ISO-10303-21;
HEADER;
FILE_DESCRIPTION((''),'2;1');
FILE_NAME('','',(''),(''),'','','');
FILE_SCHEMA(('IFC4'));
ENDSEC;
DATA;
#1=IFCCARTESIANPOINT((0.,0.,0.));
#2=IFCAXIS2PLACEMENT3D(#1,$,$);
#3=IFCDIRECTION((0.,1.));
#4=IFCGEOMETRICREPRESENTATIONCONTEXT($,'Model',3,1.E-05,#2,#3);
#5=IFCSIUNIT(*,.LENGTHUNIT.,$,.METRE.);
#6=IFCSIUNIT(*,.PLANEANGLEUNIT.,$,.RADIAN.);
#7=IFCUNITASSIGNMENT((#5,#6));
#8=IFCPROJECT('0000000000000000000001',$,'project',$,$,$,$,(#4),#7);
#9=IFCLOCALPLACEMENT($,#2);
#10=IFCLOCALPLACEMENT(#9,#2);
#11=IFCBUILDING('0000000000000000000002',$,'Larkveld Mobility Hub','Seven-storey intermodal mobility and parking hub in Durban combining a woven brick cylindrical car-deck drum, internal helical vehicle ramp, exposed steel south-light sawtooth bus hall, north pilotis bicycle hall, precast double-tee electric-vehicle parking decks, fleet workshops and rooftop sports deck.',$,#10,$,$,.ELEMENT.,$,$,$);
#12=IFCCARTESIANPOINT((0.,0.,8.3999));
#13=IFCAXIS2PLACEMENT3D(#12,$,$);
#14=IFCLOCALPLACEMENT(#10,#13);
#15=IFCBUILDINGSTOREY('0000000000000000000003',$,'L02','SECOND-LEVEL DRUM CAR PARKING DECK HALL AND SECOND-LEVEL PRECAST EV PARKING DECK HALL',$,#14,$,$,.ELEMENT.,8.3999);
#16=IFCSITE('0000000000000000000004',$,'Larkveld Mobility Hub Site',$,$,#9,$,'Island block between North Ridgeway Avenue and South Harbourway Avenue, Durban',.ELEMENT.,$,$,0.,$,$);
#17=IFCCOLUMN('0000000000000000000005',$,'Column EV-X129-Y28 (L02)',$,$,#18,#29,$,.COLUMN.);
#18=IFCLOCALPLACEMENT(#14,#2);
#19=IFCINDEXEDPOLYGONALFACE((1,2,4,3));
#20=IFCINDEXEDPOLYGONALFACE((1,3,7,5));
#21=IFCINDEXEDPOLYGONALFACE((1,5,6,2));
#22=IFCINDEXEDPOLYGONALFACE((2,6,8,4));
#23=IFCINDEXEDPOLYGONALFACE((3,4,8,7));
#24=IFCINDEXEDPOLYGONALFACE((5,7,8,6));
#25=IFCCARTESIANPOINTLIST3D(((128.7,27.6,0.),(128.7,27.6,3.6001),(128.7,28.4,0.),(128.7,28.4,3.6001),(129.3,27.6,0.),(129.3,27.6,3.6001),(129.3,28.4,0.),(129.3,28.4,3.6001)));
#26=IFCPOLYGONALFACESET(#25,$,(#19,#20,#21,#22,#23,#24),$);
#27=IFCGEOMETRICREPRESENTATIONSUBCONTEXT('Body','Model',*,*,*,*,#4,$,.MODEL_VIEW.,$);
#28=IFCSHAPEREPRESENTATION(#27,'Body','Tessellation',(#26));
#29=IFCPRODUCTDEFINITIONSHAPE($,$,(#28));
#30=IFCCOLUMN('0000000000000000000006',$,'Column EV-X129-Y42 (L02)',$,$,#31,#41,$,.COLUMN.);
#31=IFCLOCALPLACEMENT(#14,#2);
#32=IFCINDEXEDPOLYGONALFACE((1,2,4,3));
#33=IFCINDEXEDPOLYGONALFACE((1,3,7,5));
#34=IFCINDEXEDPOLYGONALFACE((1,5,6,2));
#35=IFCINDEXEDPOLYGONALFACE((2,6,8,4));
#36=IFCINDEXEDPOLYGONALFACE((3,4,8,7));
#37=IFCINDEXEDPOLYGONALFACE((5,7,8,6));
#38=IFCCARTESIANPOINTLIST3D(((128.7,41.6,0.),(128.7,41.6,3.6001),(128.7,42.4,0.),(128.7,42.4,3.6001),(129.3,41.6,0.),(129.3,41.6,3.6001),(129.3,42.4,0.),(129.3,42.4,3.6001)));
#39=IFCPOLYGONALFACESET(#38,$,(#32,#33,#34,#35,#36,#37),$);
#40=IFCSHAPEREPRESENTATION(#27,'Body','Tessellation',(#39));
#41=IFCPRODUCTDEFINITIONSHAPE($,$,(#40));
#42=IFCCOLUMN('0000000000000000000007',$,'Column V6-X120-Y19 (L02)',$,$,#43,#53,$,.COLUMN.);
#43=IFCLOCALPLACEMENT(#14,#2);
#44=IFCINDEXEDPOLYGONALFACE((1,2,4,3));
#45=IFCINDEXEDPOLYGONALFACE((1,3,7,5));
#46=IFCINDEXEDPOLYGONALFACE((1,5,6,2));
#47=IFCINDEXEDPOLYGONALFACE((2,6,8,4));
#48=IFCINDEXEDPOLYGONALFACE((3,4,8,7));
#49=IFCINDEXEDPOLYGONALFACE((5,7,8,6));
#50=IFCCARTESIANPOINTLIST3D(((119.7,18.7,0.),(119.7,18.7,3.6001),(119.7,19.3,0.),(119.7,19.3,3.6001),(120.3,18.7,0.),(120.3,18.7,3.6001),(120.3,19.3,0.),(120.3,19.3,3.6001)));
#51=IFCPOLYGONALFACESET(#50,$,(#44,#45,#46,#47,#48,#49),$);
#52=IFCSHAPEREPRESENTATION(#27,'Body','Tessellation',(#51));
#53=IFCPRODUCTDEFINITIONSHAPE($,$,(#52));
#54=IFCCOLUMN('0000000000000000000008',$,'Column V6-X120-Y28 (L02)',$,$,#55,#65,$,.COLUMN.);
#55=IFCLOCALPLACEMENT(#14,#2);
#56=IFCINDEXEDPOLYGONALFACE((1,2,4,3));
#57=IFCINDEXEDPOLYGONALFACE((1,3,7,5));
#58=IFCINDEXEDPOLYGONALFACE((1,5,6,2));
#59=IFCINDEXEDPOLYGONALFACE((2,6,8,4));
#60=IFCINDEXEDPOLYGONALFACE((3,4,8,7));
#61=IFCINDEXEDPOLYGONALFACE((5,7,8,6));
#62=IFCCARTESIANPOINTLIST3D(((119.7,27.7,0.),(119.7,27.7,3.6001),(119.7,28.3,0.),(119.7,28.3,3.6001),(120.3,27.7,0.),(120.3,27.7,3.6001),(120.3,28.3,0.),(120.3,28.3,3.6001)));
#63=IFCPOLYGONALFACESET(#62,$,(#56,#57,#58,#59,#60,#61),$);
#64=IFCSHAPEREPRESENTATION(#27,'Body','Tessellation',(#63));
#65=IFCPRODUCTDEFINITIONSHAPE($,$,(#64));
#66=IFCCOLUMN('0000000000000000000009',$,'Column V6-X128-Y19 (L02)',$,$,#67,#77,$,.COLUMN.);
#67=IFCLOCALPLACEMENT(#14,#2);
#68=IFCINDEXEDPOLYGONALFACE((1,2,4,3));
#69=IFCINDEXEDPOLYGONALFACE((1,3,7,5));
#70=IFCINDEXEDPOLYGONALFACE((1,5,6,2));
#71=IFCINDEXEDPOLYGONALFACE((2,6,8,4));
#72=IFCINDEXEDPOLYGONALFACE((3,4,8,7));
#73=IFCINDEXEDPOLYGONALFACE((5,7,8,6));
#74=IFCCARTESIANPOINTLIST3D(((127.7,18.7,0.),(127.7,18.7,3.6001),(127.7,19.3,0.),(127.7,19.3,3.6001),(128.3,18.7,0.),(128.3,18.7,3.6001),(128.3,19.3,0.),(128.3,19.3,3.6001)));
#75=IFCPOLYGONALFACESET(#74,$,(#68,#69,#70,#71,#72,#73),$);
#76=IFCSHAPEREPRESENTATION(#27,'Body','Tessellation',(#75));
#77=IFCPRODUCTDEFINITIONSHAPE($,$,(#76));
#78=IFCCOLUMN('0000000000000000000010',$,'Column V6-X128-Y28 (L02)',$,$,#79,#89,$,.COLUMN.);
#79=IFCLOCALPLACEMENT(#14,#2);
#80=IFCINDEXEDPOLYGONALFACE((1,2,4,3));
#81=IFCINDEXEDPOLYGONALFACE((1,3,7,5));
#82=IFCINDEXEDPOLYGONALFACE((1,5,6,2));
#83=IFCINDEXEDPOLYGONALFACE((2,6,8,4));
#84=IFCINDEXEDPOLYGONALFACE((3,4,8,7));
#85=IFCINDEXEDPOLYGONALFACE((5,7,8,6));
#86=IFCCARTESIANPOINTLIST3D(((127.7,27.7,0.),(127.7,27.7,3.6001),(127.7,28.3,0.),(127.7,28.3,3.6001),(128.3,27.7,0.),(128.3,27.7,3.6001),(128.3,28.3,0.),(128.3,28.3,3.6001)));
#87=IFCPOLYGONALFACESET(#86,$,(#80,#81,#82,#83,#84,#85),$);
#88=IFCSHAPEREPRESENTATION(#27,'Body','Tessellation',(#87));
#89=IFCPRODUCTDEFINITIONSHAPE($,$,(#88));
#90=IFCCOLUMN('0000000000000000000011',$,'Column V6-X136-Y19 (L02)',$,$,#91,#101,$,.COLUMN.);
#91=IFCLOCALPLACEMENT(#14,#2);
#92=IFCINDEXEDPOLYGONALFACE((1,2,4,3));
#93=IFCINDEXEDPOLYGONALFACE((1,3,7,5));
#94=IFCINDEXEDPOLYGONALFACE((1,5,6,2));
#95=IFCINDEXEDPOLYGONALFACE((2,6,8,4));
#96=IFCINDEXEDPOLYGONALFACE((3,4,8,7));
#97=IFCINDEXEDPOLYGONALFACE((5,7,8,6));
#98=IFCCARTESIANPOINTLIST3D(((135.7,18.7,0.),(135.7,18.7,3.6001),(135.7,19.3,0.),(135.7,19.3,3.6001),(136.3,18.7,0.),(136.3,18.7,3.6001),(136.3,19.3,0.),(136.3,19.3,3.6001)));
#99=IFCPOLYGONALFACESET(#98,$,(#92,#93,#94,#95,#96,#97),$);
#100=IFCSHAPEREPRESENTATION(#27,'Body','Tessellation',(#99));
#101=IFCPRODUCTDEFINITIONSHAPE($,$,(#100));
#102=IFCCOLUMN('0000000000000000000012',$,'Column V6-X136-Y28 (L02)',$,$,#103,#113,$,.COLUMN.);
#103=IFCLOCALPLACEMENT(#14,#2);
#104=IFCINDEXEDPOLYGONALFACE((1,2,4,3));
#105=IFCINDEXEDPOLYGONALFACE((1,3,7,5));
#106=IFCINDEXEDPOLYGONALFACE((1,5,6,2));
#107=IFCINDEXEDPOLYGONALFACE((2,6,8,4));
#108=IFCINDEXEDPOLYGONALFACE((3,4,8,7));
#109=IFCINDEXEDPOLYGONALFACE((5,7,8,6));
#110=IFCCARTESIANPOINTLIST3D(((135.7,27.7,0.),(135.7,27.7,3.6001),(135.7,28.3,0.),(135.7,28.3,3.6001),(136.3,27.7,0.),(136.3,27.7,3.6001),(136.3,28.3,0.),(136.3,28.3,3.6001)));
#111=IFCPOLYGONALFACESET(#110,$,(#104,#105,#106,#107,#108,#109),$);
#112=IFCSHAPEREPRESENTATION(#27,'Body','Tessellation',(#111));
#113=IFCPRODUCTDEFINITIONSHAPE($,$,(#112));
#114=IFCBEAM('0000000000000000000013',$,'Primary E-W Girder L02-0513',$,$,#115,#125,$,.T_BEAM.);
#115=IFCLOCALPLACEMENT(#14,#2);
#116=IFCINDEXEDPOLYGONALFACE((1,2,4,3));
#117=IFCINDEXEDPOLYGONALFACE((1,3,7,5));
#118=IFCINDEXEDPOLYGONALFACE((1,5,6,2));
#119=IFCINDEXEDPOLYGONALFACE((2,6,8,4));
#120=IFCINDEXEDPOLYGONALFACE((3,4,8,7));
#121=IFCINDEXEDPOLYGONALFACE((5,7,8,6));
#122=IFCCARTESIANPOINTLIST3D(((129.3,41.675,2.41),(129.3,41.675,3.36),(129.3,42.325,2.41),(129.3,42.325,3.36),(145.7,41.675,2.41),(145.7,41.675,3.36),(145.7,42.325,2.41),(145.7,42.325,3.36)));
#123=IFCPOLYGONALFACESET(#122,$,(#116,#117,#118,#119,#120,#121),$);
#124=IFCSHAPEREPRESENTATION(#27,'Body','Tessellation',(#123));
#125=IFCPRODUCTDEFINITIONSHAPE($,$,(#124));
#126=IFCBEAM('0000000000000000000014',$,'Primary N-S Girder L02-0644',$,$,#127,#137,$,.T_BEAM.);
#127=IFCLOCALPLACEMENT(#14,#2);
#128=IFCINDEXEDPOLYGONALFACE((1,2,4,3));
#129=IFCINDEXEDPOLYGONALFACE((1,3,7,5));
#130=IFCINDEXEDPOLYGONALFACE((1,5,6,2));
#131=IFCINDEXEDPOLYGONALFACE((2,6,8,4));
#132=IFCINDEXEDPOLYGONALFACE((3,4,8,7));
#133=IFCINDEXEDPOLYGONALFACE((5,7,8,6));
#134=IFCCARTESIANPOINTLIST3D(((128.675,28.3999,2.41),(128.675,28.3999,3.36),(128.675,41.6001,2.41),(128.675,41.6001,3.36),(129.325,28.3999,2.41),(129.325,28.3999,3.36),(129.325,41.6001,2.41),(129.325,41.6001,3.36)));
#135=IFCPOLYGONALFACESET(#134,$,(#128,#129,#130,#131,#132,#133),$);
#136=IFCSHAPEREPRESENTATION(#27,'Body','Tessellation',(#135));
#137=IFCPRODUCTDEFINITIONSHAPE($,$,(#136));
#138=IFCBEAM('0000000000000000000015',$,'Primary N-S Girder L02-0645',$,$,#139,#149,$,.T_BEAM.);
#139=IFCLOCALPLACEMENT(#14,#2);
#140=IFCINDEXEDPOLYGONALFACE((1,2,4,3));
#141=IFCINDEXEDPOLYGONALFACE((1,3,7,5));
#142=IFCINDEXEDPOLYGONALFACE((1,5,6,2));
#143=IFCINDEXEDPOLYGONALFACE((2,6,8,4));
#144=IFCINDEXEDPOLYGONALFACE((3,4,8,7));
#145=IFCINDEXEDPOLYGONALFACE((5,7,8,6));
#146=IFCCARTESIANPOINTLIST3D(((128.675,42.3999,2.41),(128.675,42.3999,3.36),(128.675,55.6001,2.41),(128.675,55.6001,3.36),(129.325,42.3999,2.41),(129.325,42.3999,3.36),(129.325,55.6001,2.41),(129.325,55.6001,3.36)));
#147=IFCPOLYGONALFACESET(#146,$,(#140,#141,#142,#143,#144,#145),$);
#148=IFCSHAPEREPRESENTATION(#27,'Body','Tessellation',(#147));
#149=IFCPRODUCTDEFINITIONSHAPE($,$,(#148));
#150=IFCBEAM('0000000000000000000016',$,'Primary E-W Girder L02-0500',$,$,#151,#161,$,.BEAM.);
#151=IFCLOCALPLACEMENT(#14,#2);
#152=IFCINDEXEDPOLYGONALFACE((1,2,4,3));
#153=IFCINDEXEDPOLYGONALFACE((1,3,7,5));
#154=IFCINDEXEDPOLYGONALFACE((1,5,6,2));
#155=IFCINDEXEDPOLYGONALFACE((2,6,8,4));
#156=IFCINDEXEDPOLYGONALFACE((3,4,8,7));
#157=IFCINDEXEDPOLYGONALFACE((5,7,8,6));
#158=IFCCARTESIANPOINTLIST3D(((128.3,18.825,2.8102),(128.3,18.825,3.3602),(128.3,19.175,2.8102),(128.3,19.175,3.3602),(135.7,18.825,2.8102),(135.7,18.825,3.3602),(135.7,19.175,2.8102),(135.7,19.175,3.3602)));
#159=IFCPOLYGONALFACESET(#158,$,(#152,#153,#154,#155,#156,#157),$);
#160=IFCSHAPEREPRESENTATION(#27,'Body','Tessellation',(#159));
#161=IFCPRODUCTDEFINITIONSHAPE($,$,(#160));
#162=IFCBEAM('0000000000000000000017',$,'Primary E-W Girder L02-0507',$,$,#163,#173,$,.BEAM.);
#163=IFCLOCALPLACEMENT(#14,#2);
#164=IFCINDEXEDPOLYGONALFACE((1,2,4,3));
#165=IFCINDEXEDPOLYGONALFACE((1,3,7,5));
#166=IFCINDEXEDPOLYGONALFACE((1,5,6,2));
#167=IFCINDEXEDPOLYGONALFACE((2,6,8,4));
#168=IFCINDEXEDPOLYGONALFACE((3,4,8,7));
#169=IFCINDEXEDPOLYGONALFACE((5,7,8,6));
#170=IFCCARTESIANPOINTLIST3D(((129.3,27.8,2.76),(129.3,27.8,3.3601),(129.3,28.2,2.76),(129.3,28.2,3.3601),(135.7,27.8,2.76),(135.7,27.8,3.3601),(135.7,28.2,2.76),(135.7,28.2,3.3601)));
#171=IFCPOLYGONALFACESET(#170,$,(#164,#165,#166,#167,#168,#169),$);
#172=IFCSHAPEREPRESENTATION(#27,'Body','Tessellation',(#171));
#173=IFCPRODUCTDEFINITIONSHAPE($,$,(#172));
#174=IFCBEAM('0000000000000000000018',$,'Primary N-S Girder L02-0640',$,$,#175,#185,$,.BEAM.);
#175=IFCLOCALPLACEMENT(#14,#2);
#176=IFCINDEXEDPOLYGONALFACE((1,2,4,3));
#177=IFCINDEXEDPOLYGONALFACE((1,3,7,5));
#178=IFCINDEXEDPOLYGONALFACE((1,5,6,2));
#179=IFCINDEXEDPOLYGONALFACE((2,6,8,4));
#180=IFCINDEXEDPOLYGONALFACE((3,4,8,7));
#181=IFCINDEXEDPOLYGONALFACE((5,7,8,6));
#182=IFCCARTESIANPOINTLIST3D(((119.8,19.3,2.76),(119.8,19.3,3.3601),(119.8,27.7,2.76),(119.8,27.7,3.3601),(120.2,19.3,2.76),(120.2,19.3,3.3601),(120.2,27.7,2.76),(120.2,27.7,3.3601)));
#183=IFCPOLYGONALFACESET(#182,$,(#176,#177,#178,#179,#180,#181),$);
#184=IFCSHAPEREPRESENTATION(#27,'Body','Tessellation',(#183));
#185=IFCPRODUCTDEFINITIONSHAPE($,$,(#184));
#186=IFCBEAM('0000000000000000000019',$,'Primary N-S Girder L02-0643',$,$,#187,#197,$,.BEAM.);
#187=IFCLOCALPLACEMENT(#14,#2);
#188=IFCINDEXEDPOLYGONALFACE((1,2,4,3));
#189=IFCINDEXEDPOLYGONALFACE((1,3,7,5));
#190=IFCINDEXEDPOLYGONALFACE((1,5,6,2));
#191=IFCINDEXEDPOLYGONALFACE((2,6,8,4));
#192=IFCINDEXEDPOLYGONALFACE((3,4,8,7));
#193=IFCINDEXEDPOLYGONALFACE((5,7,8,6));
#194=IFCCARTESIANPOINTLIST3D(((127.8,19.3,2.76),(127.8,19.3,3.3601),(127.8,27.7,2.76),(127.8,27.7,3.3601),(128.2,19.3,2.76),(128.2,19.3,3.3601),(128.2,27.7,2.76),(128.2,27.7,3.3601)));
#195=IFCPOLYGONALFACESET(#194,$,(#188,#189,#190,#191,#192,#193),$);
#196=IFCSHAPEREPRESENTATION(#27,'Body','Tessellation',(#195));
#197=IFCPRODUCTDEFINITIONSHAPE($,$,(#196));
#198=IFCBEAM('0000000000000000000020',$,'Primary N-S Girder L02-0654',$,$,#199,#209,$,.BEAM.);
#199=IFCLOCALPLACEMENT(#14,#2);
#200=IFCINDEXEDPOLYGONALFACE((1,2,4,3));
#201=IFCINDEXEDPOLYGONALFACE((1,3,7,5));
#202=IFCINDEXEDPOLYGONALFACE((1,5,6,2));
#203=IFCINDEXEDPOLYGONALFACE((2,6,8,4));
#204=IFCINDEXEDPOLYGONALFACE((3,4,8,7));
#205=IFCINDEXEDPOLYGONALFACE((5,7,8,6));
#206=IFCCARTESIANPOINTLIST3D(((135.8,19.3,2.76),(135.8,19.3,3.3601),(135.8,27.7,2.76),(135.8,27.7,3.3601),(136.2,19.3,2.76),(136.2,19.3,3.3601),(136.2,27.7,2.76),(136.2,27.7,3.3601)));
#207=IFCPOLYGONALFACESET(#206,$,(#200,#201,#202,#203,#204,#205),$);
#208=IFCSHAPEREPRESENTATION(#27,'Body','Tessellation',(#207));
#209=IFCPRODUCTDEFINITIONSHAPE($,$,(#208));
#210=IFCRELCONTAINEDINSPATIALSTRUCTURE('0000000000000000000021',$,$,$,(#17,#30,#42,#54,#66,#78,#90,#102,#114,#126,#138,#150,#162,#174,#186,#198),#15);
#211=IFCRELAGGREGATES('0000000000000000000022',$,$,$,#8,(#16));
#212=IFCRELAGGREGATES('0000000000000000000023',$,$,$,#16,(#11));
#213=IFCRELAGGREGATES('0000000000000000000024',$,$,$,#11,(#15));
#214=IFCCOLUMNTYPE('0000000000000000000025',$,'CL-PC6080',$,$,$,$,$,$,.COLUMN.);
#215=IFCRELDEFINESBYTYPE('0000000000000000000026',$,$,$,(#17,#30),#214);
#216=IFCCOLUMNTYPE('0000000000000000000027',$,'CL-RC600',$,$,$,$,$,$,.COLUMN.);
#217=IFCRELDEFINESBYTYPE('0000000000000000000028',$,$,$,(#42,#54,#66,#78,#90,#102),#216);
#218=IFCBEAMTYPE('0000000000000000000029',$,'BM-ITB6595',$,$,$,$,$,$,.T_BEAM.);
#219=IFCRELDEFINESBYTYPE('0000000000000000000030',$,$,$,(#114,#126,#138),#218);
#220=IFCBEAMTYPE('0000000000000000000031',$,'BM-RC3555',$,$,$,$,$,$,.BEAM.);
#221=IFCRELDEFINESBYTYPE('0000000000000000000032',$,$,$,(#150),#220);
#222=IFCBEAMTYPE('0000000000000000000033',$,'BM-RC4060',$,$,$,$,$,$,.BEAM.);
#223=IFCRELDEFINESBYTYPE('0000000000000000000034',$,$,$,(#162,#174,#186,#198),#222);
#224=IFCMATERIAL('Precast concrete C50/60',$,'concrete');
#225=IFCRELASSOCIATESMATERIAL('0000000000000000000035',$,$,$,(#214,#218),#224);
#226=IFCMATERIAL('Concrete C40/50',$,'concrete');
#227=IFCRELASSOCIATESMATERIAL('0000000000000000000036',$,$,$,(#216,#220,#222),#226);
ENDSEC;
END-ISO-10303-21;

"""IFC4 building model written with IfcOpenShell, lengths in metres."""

from ifc_helpers import new_model, si_unit, direction, frame, origin, origin_2d, place, context, subcontext, project, spatial, rectangle, extrude, material, material_profile, profile_set, type_object, element, save


model = new_model("IFC4")

# Units and contexts
model_context = context("Model", 3, precision=1e-05, world=origin(), true_north=direction((0.0, 1.0)))
body_context = subcontext(model_context, "Body", "Model", "MODEL_VIEW")
ifc_project = project(units=[si_unit("LENGTHUNIT", "METRE"), si_unit("PLANEANGLEUNIT", "RADIAN")], contexts=[model_context])

# Site, building, storey
site_placement = place(None, origin())
site = spatial("IfcSite", under=ifc_project, at=site_placement, Name="Larkveld Mobility Hub Site", LongName="Island block between North Ridgeway Avenue and South Harbourway Avenue, Durban", CompositionType="ELEMENT", RefElevation=0.0)
building_placement = place(site_placement, origin())
building = spatial("IfcBuilding", under=site, at=building_placement, Name="Larkveld Mobility Hub", Description="Seven-storey intermodal mobility and parking hub in Durban combining a woven brick cylindrical car-deck drum, internal helical vehicle ramp, exposed steel south-light sawtooth bus hall, north pilotis bicycle hall, precast double-tee electric-vehicle parking decks, fleet workshops and rooftop sports deck.", CompositionType="ELEMENT")
storey_placement = place(building_placement, frame((0.0, 0.0, 8.3999)))
storey = spatial("IfcBuildingStorey", under=building, at=storey_placement, Name="L02", Description="SECOND-LEVEL DRUM CAR PARKING DECK HALL AND SECOND-LEVEL PRECAST EV PARKING DECK HALL", CompositionType="ELEMENT", Elevation=8.3999)

# Columns
ifc_material_1 = material(Name="Precast concrete C50/60", Category="concrete")
ifc_material_profile_1 = material_profile(ifc_material_1, rectangle(XDim=0.6001, YDim=0.8, at=origin_2d()), Name="RC COL 600x800")
ifc_profile_set_1 = profile_set([ifc_material_profile_1], Name="Precast concrete C50/60")
column_type_1 = type_object("IfcColumnType", Name="CL-PC6080", PredefinedType="COLUMN", material=ifc_profile_set_1)
for number, where, z_axis, x_axis, name in (
    (1, (129.0, 28.0, 0.0), (0.0, 0.0, 1.0), (1.0, 0.0, 0.0), "Column EV-X129-Y28 (L02)"),
    (2, (129.0, 42.0, 0.0), (0.0, 0.0, 1.0), (1.0, 0.0, 0.0), "Column EV-X129-Y42 (L02)"),
):
    element("IfcColumn", number, at=place(storey_placement, frame(where, z_axis=z_axis, x_axis=x_axis)), inside=storey, type_object=column_type_1, Name=name, PredefinedType="COLUMN", context=body_context, shape_type="SweptSolid", body=[
        extrude(rectangle(XDim=0.6001, YDim=0.8, at=origin_2d()), origin(), (0.0, 0.0, 1.0), 3.6001),
    ])
ifc_material_2 = material(Name="Concrete C40/50", Category="concrete")
ifc_material_profile_2 = material_profile(ifc_material_2, rectangle(XDim=0.6001, YDim=0.6001, at=origin_2d()), Name="RC COL 600x600")
ifc_profile_set_2 = profile_set([ifc_material_profile_2], Name="Concrete C40/50")
column_type_2 = type_object("IfcColumnType", Name="CL-RC600", PredefinedType="COLUMN", material=ifc_profile_set_2)
for number, where, z_axis, x_axis, name in (
    (3, (120.0, 19.0, 0.0), (0.0, 0.0, 1.0), (1.0, 0.0, 0.0), "Column V6-X120-Y19 (L02)"),
    (4, (120.0, 28.0, 0.0), (0.0, 0.0, 1.0), (1.0, 0.0, 0.0), "Column V6-X120-Y28 (L02)"),
    (5, (128.0, 19.0, 0.0), (0.0, 0.0, 1.0), (1.0, 0.0, 0.0), "Column V6-X128-Y19 (L02)"),
    (6, (128.0, 28.0, 0.0), (0.0, 0.0, 1.0), (1.0, 0.0, 0.0), "Column V6-X128-Y28 (L02)"),
    (7, (136.0, 19.0, 0.0), (0.0, 0.0, 1.0), (1.0, 0.0, 0.0), "Column V6-X136-Y19 (L02)"),
    (8, (136.0, 28.0, 0.0), (0.0, 0.0, 1.0), (1.0, 0.0, 0.0), "Column V6-X136-Y28 (L02)"),
):
    element("IfcColumn", number, at=place(storey_placement, frame(where, z_axis=z_axis, x_axis=x_axis)), inside=storey, type_object=column_type_2, Name=name, PredefinedType="COLUMN", context=body_context, shape_type="SweptSolid", body=[
        extrude(rectangle(XDim=0.6001, YDim=0.6001, at=origin_2d()), origin(), (0.0, 0.0, 1.0), 3.6001),
    ])

# Beams
ifc_material_profile_3 = material_profile(ifc_material_1, rectangle(XDim=0.6499, YDim=0.95, at=origin_2d()), Name="PC ITB 650x950")
ifc_profile_set_3 = profile_set([ifc_material_profile_3], Name="Precast concrete C50/60")
beam_type_1 = type_object("IfcBeamType", Name="BM-ITB6595", PredefinedType="T_BEAM", material=ifc_profile_set_3)
beam_1_placement = place(storey_placement, frame((129.3, 42.0, 2.885), z_axis=(1.0, 0.0, 0.0), x_axis=(0.0, 1.0, 0.0)))
element("IfcBeam", 9, at=beam_1_placement, inside=storey, type_object=beam_type_1, Name="Primary E-W Girder L02-0513", PredefinedType="T_BEAM", context=body_context, shape_type="SweptSolid", body=[
    extrude(rectangle(XDim=0.6499, YDim=0.95, at=origin_2d()), origin(), (0.0, 0.0, 1.0), 16.3999),
])
for number, where, z_axis, x_axis, name in (
    (10, (129.0, 28.3999, 2.885), (0.0, 1.0, 0.0), (-1.0, 0.0, 0.0), "Primary N-S Girder L02-0644"),
    (11, (129.0, 42.3999, 2.885), (0.0, 1.0, 0.0), (-1.0, 0.0, 0.0), "Primary N-S Girder L02-0645"),
):
    element("IfcBeam", number, at=place(storey_placement, frame(where, z_axis=z_axis, x_axis=x_axis)), inside=storey, type_object=beam_type_1, Name=name, PredefinedType="T_BEAM", context=body_context, shape_type="SweptSolid", body=[
        extrude(rectangle(XDim=0.6499, YDim=0.95, at=origin_2d()), origin(), (0.0, 0.0, 1.0), 13.2002),
    ])
ifc_material_profile_4 = material_profile(ifc_material_2, rectangle(XDim=0.3501, YDim=0.55, at=origin_2d()), Name="RC BM 350x550")
ifc_profile_set_4 = profile_set([ifc_material_profile_4], Name="Concrete C40/50")
beam_type_2 = type_object("IfcBeamType", Name="BM-RC3555", PredefinedType="BEAM", material=ifc_profile_set_4)
beam_2_placement = place(storey_placement, frame((128.3, 19.0, 3.0852), z_axis=(1.0, 0.0, 0.0), x_axis=(0.0, 1.0, 0.0)))
element("IfcBeam", 12, at=beam_2_placement, inside=storey, type_object=beam_type_2, Name="Primary E-W Girder L02-0500", PredefinedType="BEAM", context=body_context, shape_type="SweptSolid", body=[
    extrude(rectangle(XDim=0.3501, YDim=0.55, at=origin_2d()), origin(), (0.0, 0.0, 1.0), 7.3999),
])
ifc_material_profile_5 = material_profile(ifc_material_2, rectangle(XDim=0.3999, YDim=0.6001, at=origin_2d()), Name="RC BM 400x600")
ifc_profile_set_5 = profile_set([ifc_material_profile_5], Name="Concrete C40/50")
beam_type_3 = type_object("IfcBeamType", Name="BM-RC4060", PredefinedType="BEAM", material=ifc_profile_set_5)
beam_3_placement = place(storey_placement, frame((129.3, 28.0, 3.0601), z_axis=(1.0, 0.0, 0.0), x_axis=(0.0, 1.0, 0.0)))
element("IfcBeam", 13, at=beam_3_placement, inside=storey, type_object=beam_type_3, Name="Primary E-W Girder L02-0507", PredefinedType="BEAM", context=body_context, shape_type="SweptSolid", body=[
    extrude(rectangle(XDim=0.3999, YDim=0.6001, at=origin_2d()), origin(), (0.0, 0.0, 1.0), 6.3999),
])
for number, where, z_axis, x_axis, name in (
    (14, (120.0, 19.3, 3.0601), (0.0, 1.0, 0.0), (-1.0, 0.0, 0.0), "Primary N-S Girder L02-0640"),
    (15, (128.0, 19.3, 3.0601), (0.0, 1.0, 0.0), (-1.0, 0.0, 0.0), "Primary N-S Girder L02-0643"),
    (16, (136.0, 19.3, 3.0601), (0.0, 1.0, 0.0), (-1.0, 0.0, 0.0), "Primary N-S Girder L02-0654"),
):
    element("IfcBeam", number, at=place(storey_placement, frame(where, z_axis=z_axis, x_axis=x_axis)), inside=storey, type_object=beam_type_3, Name=name, PredefinedType="BEAM", context=body_context, shape_type="SweptSolid", body=[
        extrude(rectangle(XDim=0.3999, YDim=0.6001, at=origin_2d()), origin(), (0.0, 0.0, 1.0), 8.3999),
    ])

save(model, "model.ifc")
